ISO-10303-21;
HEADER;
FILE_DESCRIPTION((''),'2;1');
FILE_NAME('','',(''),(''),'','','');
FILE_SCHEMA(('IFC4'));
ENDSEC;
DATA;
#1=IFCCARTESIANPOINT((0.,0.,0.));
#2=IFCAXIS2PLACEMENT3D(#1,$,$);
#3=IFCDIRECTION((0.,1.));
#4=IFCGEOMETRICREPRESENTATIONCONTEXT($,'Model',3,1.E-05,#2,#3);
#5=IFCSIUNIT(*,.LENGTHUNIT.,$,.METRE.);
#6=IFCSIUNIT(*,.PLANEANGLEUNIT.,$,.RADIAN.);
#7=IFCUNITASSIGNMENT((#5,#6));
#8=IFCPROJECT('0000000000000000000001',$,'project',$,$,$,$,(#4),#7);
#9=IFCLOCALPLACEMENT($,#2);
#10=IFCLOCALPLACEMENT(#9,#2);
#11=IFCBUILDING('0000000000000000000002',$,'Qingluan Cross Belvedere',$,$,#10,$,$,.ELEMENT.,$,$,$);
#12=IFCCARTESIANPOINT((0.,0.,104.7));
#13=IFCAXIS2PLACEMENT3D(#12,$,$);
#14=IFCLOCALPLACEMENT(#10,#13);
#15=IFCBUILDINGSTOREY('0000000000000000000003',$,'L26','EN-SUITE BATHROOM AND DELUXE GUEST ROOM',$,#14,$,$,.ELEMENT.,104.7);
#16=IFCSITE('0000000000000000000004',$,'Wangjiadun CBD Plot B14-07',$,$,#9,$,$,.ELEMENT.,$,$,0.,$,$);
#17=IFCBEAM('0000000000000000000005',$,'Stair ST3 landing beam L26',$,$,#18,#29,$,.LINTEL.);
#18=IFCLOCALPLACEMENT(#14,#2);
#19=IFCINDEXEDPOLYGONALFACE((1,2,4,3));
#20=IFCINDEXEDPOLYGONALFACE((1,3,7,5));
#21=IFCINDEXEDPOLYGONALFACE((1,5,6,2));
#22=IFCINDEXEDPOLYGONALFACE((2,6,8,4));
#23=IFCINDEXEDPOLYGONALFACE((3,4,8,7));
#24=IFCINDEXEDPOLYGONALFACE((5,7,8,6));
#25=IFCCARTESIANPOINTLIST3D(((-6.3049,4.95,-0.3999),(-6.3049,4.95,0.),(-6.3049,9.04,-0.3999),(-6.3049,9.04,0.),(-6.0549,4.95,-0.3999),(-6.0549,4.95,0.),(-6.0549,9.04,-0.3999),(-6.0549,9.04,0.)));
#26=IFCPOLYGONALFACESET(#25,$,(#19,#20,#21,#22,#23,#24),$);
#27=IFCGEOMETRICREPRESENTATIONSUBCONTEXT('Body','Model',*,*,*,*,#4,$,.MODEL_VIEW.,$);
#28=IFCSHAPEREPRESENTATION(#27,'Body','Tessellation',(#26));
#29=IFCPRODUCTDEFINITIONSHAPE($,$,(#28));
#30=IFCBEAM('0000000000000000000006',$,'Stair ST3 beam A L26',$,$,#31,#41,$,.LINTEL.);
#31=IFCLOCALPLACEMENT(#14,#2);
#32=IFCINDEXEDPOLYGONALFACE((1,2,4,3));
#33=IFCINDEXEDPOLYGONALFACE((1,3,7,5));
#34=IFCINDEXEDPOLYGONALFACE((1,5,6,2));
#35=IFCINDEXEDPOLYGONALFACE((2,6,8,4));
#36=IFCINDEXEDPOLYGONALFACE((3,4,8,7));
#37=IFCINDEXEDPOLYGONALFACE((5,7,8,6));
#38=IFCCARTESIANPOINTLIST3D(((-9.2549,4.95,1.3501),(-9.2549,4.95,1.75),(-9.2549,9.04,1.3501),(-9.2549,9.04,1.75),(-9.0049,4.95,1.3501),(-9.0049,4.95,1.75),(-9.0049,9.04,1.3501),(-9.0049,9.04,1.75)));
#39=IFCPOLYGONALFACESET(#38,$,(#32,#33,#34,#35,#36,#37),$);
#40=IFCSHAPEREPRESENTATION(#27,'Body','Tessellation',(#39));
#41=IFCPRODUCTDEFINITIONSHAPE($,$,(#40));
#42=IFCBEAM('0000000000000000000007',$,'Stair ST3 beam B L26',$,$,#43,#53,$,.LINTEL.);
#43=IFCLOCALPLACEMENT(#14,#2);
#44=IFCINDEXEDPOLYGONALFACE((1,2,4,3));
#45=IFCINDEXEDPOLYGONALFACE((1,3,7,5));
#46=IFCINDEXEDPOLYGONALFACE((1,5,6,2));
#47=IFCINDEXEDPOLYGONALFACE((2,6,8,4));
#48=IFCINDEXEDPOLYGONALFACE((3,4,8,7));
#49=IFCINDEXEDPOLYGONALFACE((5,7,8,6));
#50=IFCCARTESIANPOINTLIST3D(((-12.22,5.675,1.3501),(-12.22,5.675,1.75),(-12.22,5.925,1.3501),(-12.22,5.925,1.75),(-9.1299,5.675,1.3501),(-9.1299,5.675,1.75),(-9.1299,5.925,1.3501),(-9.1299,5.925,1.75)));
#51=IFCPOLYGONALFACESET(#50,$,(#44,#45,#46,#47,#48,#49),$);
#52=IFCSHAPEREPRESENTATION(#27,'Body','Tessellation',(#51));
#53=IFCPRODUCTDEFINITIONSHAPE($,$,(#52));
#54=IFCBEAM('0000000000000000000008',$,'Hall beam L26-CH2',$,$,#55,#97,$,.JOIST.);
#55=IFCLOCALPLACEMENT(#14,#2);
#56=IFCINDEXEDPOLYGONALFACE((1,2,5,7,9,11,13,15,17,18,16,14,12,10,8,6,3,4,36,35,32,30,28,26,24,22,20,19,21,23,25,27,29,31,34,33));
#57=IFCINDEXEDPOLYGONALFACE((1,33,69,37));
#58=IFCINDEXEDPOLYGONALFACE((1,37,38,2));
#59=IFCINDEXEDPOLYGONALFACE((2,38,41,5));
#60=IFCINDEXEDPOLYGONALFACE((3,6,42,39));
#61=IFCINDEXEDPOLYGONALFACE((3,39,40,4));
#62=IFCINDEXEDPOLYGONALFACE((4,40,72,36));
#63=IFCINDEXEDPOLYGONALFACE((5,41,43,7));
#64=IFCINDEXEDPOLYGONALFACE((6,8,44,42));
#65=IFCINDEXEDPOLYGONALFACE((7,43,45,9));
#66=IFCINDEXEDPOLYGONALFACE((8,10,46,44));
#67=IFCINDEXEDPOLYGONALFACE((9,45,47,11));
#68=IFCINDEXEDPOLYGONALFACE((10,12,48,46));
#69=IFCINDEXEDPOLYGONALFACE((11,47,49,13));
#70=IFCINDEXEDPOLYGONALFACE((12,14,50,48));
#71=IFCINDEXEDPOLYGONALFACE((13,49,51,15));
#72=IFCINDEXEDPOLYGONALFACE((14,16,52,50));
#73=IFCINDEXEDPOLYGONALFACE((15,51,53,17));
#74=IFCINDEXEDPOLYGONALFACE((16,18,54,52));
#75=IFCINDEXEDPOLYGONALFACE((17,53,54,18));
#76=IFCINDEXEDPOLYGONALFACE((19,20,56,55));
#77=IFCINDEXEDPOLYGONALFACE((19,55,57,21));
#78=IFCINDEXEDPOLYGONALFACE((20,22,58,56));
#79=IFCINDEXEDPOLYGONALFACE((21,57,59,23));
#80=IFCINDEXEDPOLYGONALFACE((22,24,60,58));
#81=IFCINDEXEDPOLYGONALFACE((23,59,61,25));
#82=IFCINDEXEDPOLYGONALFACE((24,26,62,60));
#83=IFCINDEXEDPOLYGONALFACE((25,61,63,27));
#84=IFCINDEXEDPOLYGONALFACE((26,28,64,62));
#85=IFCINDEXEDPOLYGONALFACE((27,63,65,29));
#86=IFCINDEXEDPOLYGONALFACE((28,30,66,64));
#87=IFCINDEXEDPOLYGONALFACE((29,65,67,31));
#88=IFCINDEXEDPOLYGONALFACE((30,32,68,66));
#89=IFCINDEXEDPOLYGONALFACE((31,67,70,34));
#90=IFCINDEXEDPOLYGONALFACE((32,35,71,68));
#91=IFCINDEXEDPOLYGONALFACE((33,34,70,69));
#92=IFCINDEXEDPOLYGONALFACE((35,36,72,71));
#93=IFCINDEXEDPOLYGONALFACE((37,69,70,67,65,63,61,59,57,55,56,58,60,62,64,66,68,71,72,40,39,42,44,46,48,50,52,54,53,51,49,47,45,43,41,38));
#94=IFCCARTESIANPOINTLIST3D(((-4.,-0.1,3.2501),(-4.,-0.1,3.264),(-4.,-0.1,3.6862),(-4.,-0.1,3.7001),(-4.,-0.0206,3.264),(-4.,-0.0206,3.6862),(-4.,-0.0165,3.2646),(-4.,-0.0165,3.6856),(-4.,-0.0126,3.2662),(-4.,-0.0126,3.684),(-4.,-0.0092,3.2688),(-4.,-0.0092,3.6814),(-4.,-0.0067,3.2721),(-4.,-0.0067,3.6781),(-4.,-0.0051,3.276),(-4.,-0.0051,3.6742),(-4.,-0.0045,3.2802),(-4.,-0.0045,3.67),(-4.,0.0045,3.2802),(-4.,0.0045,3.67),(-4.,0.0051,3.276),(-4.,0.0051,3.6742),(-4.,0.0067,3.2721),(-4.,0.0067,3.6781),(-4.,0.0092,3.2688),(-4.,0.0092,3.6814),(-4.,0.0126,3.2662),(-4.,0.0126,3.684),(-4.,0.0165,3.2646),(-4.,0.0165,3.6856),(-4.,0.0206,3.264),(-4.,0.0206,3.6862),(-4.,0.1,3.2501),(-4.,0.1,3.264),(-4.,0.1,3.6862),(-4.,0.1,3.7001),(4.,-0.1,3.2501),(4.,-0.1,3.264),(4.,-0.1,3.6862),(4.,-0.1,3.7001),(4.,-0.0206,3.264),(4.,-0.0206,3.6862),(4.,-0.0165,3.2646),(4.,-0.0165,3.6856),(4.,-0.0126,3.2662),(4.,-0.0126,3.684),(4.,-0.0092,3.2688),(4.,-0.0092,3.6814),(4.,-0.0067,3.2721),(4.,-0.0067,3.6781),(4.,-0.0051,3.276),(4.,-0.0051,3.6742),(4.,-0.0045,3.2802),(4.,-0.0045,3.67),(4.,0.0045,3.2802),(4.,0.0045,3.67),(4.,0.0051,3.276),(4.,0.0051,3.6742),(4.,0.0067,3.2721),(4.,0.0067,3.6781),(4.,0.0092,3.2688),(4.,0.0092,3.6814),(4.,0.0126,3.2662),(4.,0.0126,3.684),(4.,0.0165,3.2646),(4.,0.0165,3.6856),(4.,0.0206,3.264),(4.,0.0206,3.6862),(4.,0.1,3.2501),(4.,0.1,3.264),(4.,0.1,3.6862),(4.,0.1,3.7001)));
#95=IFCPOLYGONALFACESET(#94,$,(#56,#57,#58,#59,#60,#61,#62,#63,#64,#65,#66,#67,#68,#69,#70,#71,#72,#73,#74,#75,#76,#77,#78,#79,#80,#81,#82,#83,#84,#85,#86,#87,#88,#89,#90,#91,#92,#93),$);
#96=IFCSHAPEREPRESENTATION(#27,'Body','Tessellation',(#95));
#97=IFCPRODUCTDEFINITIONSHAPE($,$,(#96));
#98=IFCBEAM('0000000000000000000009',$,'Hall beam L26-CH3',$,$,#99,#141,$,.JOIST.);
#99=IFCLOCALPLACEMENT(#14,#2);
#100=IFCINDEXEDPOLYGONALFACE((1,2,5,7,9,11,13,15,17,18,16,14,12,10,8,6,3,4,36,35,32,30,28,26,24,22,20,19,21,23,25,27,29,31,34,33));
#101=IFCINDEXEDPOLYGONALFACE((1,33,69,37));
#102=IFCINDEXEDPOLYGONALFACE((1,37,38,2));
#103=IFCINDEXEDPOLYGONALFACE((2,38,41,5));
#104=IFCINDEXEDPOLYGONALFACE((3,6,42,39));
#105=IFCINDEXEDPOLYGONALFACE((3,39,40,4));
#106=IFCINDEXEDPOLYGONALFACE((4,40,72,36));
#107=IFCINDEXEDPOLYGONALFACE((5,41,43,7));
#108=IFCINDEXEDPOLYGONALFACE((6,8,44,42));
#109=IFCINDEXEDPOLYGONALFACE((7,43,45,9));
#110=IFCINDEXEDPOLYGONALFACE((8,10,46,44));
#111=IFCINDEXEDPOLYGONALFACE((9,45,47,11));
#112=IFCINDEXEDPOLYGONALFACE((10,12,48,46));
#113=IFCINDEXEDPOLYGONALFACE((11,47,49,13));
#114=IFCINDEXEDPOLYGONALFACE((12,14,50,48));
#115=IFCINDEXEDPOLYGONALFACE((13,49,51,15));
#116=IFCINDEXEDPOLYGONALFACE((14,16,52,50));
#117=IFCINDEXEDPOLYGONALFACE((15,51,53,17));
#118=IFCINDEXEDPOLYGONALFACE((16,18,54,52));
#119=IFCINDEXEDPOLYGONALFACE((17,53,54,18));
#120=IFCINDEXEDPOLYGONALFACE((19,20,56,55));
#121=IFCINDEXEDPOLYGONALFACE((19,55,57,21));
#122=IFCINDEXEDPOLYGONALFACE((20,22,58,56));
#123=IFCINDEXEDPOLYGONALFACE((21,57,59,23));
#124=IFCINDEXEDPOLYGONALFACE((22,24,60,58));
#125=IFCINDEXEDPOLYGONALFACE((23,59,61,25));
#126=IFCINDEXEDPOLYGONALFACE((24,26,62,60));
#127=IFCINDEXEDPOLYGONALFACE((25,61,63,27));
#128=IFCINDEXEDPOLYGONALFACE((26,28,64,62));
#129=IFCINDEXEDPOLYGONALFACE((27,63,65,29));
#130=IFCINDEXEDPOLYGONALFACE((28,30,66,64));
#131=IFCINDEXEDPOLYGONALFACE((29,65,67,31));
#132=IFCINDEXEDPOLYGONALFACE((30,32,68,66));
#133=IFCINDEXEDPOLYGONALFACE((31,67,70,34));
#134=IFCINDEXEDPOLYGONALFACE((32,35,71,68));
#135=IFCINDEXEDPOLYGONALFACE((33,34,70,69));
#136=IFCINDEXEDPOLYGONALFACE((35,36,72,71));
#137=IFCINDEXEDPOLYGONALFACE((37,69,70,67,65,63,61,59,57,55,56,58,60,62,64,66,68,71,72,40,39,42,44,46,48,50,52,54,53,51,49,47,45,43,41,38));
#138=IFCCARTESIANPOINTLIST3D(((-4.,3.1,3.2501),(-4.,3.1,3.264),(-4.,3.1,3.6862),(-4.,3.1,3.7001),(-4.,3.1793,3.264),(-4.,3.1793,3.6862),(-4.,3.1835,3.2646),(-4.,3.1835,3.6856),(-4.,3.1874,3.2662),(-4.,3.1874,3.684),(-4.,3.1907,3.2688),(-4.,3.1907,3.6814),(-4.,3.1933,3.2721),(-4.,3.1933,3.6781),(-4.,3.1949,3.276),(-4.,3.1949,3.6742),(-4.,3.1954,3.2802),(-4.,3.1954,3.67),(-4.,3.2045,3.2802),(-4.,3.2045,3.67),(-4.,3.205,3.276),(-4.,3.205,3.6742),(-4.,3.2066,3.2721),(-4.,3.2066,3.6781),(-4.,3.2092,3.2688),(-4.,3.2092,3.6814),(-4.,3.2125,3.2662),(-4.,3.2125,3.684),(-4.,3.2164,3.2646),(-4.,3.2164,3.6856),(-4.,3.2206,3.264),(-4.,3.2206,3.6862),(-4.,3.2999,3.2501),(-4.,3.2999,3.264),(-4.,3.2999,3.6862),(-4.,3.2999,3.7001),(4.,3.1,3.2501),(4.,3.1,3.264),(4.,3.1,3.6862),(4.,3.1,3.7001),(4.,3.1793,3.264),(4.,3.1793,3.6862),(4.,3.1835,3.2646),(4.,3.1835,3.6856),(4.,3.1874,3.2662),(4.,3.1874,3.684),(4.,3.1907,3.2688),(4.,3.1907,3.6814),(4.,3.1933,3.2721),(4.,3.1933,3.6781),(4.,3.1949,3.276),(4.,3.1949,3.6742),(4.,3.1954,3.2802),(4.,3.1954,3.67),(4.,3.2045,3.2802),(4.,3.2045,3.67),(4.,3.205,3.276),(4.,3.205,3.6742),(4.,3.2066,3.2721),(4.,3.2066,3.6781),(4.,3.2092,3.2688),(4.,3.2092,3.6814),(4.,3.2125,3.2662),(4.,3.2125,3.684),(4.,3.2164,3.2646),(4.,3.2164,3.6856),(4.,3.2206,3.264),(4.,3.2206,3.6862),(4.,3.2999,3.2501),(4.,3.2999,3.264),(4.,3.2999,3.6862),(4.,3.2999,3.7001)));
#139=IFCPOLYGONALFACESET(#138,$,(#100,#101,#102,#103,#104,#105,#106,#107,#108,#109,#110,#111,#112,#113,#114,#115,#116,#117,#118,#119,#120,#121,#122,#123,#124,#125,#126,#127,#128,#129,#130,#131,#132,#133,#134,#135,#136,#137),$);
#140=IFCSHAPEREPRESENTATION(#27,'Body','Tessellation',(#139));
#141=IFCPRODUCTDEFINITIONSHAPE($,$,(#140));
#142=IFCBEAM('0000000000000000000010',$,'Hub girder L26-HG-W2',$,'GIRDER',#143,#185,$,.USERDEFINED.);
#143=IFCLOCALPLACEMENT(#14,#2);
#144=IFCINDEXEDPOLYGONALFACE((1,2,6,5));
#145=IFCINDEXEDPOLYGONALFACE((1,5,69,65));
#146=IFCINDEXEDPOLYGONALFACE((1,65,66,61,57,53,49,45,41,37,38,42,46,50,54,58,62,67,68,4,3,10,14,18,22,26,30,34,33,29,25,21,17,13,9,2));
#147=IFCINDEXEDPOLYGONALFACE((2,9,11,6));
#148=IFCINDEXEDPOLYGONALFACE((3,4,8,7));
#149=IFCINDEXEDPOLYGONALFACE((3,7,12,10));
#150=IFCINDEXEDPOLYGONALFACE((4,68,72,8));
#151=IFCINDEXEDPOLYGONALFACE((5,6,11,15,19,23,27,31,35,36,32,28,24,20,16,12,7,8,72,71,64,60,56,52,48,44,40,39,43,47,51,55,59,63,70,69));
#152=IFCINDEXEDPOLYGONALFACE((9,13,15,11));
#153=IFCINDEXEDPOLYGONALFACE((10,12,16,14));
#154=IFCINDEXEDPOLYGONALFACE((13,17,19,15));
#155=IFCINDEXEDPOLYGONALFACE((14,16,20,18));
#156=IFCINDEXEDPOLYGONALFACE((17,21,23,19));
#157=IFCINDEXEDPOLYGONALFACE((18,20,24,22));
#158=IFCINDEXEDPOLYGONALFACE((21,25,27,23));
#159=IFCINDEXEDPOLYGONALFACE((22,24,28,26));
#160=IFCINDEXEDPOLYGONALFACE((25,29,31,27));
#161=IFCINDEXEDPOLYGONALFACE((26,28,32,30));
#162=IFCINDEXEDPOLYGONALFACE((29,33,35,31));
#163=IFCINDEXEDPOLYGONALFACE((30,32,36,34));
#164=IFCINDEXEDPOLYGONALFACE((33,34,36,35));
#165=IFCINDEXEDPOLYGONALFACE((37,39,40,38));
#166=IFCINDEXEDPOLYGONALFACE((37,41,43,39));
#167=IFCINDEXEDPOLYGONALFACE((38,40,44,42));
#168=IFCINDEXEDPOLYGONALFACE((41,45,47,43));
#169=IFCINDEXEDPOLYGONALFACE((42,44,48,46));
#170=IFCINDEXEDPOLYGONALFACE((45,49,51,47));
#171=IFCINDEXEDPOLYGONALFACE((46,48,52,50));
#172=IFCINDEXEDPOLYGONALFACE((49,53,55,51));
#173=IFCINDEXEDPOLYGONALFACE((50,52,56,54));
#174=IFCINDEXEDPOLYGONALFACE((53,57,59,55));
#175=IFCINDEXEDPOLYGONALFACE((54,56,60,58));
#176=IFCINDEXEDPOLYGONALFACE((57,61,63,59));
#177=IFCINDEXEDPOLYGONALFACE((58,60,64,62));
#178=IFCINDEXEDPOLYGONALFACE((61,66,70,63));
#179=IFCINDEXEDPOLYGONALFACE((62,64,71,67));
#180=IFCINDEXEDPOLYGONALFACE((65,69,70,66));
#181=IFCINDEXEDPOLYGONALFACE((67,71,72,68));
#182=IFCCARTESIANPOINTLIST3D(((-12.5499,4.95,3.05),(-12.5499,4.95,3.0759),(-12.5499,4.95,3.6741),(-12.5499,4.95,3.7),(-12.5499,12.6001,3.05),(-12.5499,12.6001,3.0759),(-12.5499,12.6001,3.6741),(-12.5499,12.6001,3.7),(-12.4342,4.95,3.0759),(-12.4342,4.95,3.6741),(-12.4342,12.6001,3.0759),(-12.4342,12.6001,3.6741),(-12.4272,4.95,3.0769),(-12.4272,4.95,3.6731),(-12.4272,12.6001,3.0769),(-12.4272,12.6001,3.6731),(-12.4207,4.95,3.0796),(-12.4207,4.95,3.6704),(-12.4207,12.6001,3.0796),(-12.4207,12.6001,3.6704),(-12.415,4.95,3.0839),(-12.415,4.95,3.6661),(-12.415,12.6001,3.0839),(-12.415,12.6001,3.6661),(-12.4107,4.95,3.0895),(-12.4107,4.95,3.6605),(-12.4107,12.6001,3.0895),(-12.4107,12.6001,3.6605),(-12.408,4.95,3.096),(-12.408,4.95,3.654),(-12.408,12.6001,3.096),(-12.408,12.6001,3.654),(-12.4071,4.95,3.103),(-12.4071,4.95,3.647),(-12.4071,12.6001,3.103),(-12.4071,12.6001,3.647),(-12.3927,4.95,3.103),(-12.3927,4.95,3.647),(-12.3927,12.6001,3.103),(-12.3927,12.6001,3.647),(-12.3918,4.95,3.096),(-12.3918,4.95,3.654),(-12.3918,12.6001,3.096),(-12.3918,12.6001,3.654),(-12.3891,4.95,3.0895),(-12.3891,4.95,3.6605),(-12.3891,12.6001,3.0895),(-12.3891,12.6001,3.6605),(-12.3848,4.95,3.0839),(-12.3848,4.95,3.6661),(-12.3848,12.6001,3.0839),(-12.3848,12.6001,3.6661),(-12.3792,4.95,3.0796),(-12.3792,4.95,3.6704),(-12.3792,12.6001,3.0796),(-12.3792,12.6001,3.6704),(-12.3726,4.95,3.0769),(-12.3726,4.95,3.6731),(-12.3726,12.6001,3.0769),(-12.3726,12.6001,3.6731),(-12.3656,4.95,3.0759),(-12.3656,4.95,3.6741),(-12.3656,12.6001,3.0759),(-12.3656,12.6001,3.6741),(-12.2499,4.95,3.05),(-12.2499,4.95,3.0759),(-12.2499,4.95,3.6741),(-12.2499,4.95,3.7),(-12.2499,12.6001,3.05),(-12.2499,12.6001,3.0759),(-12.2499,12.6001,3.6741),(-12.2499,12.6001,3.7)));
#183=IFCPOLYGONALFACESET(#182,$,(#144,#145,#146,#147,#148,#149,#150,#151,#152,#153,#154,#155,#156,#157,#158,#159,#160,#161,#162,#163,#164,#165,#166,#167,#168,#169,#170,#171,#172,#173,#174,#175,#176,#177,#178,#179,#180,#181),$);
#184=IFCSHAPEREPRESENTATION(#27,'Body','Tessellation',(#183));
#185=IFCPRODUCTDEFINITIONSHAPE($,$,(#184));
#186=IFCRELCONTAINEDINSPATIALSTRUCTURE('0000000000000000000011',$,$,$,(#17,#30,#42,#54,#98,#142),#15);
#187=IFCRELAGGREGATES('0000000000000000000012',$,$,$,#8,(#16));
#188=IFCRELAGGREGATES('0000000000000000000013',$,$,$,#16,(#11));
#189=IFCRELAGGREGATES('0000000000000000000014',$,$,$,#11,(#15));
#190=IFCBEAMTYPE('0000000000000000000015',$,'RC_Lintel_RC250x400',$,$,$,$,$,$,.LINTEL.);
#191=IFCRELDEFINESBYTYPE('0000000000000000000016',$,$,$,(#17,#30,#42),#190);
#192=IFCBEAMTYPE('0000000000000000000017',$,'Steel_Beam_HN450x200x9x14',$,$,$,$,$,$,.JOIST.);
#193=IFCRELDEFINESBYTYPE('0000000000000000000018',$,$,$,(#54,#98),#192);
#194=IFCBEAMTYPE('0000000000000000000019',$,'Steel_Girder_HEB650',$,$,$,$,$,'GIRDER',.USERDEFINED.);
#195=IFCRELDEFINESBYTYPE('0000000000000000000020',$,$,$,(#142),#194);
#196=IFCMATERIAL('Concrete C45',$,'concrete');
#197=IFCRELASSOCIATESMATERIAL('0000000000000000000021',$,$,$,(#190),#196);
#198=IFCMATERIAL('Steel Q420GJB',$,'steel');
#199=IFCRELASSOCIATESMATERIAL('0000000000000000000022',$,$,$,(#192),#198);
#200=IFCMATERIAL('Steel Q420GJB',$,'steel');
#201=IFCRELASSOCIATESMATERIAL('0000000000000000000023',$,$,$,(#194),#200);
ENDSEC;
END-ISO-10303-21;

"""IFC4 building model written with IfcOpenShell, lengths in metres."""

from ifc_helpers import new_model, si_unit, direction, frame, origin, origin_2d, place, context, subcontext, project, spatial, rectangle, i_section, extrude, material, material_profile, profile_set, type_object, element, save


model = new_model("IFC4")

# Units and contexts
model_context = context("Model", 3, precision=1e-05, world=origin(), true_north=direction((0.0, 1.0)))
body_context = subcontext(model_context, "Body", "Model", "MODEL_VIEW")
ifc_project = project(units=[si_unit("LENGTHUNIT", "METRE"), si_unit("PLANEANGLEUNIT", "RADIAN")], contexts=[model_context])

# Site, building, storey
site_placement = place(None, origin())
site = spatial("IfcSite", under=ifc_project, at=site_placement, Name="Wangjiadun CBD Plot B14-07", CompositionType="ELEMENT", RefElevation=0.0)
building_placement = place(site_placement, origin())
building = spatial("IfcBuilding", under=site, at=building_placement, Name="Qingluan Cross Belvedere", CompositionType="ELEMENT")
storey_placement = place(building_placement, frame((0.0, 0.0, 104.7)))
storey = spatial("IfcBuildingStorey", under=building, at=storey_placement, Name="L26", Description="EN-SUITE BATHROOM AND DELUXE GUEST ROOM", CompositionType="ELEMENT", Elevation=104.7)

# Beams
ifc_material_1 = material(Name="Concrete C45", Category="concrete")
ifc_material_profile_1 = material_profile(ifc_material_1, rectangle(XDim=0.25, YDim=0.3999, at=origin_2d()), Name="RC250x400")
ifc_profile_set_1 = profile_set([ifc_material_profile_1], Name="Concrete C45")
beam_type_1 = type_object("IfcBeamType", Name="RC_Lintel_RC250x400", PredefinedType="LINTEL", material=ifc_profile_set_1)
for number, where, z_axis, x_axis, name in (
    (1, (-6.1799, 4.95, -0.2), (0.0, 1.0, 0.0), (-1.0, 0.0, 0.0), "Stair ST3 landing beam L26"),
    (2, (-9.1299, 4.95, 1.55), (0.0, 1.0, 0.0), (-1.0, 0.0, 0.0), "Stair ST3 beam A L26"),
):
    element("IfcBeam", number, at=place(storey_placement, frame(where, z_axis=z_axis, x_axis=x_axis)), inside=storey, type_object=beam_type_1, Name=name, PredefinedType="LINTEL", context=body_context, shape_type="SweptSolid", body=[
        extrude(rectangle(XDim=0.25, YDim=0.3999, at=origin_2d()), origin(), (0.0, 0.0, 1.0), 4.0901),
    ])
beam_1_placement = place(storey_placement, frame((-12.22, 5.8, 1.55), z_axis=(1.0, 0.0, 0.0), x_axis=(0.0, 1.0, 0.0)))
element("IfcBeam", 3, at=beam_1_placement, inside=storey, type_object=beam_type_1, Name="Stair ST3 beam B L26", PredefinedType="LINTEL", context=body_context, shape_type="SweptSolid", body=[
    extrude(rectangle(XDim=0.25, YDim=0.3999, at=origin_2d()), origin(), (0.0, 0.0, 1.0), 3.0901),
])
ifc_material_2 = material(Name="Steel Q420GJB", Category="steel")
ifc_material_profile_2 = material_profile(ifc_material_2, i_section(OverallWidth=0.2, OverallDepth=0.45, WebThickness=0.009, FlangeThickness=0.0139, FilletRadius=0.0161, at=origin_2d()), Name="HN450x200x9x14")
ifc_profile_set_2 = profile_set([ifc_material_profile_2], Name="Steel Q420GJB")
beam_type_2 = type_object("IfcBeamType", Name="Steel_Beam_HN450x200x9x14", PredefinedType="JOIST", material=ifc_profile_set_2)
for number, where, z_axis, x_axis, name in (
    (4, (-4.0, 0.0, 3.4751), (1.0, 0.0, 0.0), (0.0, 1.0, 0.0), "Hall beam L26-CH2"),
    (5, (-4.0, 3.2, 3.4751), (1.0, 0.0, 0.0), (0.0, 1.0, 0.0), "Hall beam L26-CH3"),
):
    element("IfcBeam", number, at=place(storey_placement, frame(where, z_axis=z_axis, x_axis=x_axis)), inside=storey, type_object=beam_type_2, Name=name, PredefinedType="JOIST", context=body_context, shape_type="SweptSolid", body=[
        extrude(i_section(OverallWidth=0.2, OverallDepth=0.45, WebThickness=0.009, FlangeThickness=0.0139, FilletRadius=0.0161, at=origin_2d()), origin(), (0.0, 0.0, 1.0), 8.0),
    ])
ifc_material_3 = material(Name="Steel Q420GJB", Category="steel")
ifc_material_profile_3 = material_profile(ifc_material_3, i_section(OverallWidth=0.3, OverallDepth=0.6499, WebThickness=0.0144, FlangeThickness=0.0259, FilletRadius=0.0271, at=origin_2d()), Name="HEB650")
ifc_profile_set_3 = profile_set([ifc_material_profile_3], Name="Steel Q420GJB")
beam_type_3 = type_object("IfcBeamType", Name="Steel_Girder_HEB650", ElementType="GIRDER", PredefinedType="USERDEFINED", material=ifc_profile_set_3)
beam_2_placement = place(storey_placement, frame((-12.3999, 4.95, 3.375), z_axis=(0.0, 1.0, 0.0), x_axis=(-1.0, 0.0, 0.0)))
element("IfcBeam", 6, at=beam_2_placement, inside=storey, type_object=beam_type_3, Name="Hub girder L26-HG-W2", ObjectType="GIRDER", PredefinedType="USERDEFINED", context=body_context, shape_type="SweptSolid", body=[
    extrude(i_section(OverallWidth=0.3, OverallDepth=0.6499, WebThickness=0.0144, FlangeThickness=0.0259, FilletRadius=0.0271, at=origin_2d()), origin(), (0.0, 0.0, 1.0), 7.6501),
])

save(model, "model.ifc")
